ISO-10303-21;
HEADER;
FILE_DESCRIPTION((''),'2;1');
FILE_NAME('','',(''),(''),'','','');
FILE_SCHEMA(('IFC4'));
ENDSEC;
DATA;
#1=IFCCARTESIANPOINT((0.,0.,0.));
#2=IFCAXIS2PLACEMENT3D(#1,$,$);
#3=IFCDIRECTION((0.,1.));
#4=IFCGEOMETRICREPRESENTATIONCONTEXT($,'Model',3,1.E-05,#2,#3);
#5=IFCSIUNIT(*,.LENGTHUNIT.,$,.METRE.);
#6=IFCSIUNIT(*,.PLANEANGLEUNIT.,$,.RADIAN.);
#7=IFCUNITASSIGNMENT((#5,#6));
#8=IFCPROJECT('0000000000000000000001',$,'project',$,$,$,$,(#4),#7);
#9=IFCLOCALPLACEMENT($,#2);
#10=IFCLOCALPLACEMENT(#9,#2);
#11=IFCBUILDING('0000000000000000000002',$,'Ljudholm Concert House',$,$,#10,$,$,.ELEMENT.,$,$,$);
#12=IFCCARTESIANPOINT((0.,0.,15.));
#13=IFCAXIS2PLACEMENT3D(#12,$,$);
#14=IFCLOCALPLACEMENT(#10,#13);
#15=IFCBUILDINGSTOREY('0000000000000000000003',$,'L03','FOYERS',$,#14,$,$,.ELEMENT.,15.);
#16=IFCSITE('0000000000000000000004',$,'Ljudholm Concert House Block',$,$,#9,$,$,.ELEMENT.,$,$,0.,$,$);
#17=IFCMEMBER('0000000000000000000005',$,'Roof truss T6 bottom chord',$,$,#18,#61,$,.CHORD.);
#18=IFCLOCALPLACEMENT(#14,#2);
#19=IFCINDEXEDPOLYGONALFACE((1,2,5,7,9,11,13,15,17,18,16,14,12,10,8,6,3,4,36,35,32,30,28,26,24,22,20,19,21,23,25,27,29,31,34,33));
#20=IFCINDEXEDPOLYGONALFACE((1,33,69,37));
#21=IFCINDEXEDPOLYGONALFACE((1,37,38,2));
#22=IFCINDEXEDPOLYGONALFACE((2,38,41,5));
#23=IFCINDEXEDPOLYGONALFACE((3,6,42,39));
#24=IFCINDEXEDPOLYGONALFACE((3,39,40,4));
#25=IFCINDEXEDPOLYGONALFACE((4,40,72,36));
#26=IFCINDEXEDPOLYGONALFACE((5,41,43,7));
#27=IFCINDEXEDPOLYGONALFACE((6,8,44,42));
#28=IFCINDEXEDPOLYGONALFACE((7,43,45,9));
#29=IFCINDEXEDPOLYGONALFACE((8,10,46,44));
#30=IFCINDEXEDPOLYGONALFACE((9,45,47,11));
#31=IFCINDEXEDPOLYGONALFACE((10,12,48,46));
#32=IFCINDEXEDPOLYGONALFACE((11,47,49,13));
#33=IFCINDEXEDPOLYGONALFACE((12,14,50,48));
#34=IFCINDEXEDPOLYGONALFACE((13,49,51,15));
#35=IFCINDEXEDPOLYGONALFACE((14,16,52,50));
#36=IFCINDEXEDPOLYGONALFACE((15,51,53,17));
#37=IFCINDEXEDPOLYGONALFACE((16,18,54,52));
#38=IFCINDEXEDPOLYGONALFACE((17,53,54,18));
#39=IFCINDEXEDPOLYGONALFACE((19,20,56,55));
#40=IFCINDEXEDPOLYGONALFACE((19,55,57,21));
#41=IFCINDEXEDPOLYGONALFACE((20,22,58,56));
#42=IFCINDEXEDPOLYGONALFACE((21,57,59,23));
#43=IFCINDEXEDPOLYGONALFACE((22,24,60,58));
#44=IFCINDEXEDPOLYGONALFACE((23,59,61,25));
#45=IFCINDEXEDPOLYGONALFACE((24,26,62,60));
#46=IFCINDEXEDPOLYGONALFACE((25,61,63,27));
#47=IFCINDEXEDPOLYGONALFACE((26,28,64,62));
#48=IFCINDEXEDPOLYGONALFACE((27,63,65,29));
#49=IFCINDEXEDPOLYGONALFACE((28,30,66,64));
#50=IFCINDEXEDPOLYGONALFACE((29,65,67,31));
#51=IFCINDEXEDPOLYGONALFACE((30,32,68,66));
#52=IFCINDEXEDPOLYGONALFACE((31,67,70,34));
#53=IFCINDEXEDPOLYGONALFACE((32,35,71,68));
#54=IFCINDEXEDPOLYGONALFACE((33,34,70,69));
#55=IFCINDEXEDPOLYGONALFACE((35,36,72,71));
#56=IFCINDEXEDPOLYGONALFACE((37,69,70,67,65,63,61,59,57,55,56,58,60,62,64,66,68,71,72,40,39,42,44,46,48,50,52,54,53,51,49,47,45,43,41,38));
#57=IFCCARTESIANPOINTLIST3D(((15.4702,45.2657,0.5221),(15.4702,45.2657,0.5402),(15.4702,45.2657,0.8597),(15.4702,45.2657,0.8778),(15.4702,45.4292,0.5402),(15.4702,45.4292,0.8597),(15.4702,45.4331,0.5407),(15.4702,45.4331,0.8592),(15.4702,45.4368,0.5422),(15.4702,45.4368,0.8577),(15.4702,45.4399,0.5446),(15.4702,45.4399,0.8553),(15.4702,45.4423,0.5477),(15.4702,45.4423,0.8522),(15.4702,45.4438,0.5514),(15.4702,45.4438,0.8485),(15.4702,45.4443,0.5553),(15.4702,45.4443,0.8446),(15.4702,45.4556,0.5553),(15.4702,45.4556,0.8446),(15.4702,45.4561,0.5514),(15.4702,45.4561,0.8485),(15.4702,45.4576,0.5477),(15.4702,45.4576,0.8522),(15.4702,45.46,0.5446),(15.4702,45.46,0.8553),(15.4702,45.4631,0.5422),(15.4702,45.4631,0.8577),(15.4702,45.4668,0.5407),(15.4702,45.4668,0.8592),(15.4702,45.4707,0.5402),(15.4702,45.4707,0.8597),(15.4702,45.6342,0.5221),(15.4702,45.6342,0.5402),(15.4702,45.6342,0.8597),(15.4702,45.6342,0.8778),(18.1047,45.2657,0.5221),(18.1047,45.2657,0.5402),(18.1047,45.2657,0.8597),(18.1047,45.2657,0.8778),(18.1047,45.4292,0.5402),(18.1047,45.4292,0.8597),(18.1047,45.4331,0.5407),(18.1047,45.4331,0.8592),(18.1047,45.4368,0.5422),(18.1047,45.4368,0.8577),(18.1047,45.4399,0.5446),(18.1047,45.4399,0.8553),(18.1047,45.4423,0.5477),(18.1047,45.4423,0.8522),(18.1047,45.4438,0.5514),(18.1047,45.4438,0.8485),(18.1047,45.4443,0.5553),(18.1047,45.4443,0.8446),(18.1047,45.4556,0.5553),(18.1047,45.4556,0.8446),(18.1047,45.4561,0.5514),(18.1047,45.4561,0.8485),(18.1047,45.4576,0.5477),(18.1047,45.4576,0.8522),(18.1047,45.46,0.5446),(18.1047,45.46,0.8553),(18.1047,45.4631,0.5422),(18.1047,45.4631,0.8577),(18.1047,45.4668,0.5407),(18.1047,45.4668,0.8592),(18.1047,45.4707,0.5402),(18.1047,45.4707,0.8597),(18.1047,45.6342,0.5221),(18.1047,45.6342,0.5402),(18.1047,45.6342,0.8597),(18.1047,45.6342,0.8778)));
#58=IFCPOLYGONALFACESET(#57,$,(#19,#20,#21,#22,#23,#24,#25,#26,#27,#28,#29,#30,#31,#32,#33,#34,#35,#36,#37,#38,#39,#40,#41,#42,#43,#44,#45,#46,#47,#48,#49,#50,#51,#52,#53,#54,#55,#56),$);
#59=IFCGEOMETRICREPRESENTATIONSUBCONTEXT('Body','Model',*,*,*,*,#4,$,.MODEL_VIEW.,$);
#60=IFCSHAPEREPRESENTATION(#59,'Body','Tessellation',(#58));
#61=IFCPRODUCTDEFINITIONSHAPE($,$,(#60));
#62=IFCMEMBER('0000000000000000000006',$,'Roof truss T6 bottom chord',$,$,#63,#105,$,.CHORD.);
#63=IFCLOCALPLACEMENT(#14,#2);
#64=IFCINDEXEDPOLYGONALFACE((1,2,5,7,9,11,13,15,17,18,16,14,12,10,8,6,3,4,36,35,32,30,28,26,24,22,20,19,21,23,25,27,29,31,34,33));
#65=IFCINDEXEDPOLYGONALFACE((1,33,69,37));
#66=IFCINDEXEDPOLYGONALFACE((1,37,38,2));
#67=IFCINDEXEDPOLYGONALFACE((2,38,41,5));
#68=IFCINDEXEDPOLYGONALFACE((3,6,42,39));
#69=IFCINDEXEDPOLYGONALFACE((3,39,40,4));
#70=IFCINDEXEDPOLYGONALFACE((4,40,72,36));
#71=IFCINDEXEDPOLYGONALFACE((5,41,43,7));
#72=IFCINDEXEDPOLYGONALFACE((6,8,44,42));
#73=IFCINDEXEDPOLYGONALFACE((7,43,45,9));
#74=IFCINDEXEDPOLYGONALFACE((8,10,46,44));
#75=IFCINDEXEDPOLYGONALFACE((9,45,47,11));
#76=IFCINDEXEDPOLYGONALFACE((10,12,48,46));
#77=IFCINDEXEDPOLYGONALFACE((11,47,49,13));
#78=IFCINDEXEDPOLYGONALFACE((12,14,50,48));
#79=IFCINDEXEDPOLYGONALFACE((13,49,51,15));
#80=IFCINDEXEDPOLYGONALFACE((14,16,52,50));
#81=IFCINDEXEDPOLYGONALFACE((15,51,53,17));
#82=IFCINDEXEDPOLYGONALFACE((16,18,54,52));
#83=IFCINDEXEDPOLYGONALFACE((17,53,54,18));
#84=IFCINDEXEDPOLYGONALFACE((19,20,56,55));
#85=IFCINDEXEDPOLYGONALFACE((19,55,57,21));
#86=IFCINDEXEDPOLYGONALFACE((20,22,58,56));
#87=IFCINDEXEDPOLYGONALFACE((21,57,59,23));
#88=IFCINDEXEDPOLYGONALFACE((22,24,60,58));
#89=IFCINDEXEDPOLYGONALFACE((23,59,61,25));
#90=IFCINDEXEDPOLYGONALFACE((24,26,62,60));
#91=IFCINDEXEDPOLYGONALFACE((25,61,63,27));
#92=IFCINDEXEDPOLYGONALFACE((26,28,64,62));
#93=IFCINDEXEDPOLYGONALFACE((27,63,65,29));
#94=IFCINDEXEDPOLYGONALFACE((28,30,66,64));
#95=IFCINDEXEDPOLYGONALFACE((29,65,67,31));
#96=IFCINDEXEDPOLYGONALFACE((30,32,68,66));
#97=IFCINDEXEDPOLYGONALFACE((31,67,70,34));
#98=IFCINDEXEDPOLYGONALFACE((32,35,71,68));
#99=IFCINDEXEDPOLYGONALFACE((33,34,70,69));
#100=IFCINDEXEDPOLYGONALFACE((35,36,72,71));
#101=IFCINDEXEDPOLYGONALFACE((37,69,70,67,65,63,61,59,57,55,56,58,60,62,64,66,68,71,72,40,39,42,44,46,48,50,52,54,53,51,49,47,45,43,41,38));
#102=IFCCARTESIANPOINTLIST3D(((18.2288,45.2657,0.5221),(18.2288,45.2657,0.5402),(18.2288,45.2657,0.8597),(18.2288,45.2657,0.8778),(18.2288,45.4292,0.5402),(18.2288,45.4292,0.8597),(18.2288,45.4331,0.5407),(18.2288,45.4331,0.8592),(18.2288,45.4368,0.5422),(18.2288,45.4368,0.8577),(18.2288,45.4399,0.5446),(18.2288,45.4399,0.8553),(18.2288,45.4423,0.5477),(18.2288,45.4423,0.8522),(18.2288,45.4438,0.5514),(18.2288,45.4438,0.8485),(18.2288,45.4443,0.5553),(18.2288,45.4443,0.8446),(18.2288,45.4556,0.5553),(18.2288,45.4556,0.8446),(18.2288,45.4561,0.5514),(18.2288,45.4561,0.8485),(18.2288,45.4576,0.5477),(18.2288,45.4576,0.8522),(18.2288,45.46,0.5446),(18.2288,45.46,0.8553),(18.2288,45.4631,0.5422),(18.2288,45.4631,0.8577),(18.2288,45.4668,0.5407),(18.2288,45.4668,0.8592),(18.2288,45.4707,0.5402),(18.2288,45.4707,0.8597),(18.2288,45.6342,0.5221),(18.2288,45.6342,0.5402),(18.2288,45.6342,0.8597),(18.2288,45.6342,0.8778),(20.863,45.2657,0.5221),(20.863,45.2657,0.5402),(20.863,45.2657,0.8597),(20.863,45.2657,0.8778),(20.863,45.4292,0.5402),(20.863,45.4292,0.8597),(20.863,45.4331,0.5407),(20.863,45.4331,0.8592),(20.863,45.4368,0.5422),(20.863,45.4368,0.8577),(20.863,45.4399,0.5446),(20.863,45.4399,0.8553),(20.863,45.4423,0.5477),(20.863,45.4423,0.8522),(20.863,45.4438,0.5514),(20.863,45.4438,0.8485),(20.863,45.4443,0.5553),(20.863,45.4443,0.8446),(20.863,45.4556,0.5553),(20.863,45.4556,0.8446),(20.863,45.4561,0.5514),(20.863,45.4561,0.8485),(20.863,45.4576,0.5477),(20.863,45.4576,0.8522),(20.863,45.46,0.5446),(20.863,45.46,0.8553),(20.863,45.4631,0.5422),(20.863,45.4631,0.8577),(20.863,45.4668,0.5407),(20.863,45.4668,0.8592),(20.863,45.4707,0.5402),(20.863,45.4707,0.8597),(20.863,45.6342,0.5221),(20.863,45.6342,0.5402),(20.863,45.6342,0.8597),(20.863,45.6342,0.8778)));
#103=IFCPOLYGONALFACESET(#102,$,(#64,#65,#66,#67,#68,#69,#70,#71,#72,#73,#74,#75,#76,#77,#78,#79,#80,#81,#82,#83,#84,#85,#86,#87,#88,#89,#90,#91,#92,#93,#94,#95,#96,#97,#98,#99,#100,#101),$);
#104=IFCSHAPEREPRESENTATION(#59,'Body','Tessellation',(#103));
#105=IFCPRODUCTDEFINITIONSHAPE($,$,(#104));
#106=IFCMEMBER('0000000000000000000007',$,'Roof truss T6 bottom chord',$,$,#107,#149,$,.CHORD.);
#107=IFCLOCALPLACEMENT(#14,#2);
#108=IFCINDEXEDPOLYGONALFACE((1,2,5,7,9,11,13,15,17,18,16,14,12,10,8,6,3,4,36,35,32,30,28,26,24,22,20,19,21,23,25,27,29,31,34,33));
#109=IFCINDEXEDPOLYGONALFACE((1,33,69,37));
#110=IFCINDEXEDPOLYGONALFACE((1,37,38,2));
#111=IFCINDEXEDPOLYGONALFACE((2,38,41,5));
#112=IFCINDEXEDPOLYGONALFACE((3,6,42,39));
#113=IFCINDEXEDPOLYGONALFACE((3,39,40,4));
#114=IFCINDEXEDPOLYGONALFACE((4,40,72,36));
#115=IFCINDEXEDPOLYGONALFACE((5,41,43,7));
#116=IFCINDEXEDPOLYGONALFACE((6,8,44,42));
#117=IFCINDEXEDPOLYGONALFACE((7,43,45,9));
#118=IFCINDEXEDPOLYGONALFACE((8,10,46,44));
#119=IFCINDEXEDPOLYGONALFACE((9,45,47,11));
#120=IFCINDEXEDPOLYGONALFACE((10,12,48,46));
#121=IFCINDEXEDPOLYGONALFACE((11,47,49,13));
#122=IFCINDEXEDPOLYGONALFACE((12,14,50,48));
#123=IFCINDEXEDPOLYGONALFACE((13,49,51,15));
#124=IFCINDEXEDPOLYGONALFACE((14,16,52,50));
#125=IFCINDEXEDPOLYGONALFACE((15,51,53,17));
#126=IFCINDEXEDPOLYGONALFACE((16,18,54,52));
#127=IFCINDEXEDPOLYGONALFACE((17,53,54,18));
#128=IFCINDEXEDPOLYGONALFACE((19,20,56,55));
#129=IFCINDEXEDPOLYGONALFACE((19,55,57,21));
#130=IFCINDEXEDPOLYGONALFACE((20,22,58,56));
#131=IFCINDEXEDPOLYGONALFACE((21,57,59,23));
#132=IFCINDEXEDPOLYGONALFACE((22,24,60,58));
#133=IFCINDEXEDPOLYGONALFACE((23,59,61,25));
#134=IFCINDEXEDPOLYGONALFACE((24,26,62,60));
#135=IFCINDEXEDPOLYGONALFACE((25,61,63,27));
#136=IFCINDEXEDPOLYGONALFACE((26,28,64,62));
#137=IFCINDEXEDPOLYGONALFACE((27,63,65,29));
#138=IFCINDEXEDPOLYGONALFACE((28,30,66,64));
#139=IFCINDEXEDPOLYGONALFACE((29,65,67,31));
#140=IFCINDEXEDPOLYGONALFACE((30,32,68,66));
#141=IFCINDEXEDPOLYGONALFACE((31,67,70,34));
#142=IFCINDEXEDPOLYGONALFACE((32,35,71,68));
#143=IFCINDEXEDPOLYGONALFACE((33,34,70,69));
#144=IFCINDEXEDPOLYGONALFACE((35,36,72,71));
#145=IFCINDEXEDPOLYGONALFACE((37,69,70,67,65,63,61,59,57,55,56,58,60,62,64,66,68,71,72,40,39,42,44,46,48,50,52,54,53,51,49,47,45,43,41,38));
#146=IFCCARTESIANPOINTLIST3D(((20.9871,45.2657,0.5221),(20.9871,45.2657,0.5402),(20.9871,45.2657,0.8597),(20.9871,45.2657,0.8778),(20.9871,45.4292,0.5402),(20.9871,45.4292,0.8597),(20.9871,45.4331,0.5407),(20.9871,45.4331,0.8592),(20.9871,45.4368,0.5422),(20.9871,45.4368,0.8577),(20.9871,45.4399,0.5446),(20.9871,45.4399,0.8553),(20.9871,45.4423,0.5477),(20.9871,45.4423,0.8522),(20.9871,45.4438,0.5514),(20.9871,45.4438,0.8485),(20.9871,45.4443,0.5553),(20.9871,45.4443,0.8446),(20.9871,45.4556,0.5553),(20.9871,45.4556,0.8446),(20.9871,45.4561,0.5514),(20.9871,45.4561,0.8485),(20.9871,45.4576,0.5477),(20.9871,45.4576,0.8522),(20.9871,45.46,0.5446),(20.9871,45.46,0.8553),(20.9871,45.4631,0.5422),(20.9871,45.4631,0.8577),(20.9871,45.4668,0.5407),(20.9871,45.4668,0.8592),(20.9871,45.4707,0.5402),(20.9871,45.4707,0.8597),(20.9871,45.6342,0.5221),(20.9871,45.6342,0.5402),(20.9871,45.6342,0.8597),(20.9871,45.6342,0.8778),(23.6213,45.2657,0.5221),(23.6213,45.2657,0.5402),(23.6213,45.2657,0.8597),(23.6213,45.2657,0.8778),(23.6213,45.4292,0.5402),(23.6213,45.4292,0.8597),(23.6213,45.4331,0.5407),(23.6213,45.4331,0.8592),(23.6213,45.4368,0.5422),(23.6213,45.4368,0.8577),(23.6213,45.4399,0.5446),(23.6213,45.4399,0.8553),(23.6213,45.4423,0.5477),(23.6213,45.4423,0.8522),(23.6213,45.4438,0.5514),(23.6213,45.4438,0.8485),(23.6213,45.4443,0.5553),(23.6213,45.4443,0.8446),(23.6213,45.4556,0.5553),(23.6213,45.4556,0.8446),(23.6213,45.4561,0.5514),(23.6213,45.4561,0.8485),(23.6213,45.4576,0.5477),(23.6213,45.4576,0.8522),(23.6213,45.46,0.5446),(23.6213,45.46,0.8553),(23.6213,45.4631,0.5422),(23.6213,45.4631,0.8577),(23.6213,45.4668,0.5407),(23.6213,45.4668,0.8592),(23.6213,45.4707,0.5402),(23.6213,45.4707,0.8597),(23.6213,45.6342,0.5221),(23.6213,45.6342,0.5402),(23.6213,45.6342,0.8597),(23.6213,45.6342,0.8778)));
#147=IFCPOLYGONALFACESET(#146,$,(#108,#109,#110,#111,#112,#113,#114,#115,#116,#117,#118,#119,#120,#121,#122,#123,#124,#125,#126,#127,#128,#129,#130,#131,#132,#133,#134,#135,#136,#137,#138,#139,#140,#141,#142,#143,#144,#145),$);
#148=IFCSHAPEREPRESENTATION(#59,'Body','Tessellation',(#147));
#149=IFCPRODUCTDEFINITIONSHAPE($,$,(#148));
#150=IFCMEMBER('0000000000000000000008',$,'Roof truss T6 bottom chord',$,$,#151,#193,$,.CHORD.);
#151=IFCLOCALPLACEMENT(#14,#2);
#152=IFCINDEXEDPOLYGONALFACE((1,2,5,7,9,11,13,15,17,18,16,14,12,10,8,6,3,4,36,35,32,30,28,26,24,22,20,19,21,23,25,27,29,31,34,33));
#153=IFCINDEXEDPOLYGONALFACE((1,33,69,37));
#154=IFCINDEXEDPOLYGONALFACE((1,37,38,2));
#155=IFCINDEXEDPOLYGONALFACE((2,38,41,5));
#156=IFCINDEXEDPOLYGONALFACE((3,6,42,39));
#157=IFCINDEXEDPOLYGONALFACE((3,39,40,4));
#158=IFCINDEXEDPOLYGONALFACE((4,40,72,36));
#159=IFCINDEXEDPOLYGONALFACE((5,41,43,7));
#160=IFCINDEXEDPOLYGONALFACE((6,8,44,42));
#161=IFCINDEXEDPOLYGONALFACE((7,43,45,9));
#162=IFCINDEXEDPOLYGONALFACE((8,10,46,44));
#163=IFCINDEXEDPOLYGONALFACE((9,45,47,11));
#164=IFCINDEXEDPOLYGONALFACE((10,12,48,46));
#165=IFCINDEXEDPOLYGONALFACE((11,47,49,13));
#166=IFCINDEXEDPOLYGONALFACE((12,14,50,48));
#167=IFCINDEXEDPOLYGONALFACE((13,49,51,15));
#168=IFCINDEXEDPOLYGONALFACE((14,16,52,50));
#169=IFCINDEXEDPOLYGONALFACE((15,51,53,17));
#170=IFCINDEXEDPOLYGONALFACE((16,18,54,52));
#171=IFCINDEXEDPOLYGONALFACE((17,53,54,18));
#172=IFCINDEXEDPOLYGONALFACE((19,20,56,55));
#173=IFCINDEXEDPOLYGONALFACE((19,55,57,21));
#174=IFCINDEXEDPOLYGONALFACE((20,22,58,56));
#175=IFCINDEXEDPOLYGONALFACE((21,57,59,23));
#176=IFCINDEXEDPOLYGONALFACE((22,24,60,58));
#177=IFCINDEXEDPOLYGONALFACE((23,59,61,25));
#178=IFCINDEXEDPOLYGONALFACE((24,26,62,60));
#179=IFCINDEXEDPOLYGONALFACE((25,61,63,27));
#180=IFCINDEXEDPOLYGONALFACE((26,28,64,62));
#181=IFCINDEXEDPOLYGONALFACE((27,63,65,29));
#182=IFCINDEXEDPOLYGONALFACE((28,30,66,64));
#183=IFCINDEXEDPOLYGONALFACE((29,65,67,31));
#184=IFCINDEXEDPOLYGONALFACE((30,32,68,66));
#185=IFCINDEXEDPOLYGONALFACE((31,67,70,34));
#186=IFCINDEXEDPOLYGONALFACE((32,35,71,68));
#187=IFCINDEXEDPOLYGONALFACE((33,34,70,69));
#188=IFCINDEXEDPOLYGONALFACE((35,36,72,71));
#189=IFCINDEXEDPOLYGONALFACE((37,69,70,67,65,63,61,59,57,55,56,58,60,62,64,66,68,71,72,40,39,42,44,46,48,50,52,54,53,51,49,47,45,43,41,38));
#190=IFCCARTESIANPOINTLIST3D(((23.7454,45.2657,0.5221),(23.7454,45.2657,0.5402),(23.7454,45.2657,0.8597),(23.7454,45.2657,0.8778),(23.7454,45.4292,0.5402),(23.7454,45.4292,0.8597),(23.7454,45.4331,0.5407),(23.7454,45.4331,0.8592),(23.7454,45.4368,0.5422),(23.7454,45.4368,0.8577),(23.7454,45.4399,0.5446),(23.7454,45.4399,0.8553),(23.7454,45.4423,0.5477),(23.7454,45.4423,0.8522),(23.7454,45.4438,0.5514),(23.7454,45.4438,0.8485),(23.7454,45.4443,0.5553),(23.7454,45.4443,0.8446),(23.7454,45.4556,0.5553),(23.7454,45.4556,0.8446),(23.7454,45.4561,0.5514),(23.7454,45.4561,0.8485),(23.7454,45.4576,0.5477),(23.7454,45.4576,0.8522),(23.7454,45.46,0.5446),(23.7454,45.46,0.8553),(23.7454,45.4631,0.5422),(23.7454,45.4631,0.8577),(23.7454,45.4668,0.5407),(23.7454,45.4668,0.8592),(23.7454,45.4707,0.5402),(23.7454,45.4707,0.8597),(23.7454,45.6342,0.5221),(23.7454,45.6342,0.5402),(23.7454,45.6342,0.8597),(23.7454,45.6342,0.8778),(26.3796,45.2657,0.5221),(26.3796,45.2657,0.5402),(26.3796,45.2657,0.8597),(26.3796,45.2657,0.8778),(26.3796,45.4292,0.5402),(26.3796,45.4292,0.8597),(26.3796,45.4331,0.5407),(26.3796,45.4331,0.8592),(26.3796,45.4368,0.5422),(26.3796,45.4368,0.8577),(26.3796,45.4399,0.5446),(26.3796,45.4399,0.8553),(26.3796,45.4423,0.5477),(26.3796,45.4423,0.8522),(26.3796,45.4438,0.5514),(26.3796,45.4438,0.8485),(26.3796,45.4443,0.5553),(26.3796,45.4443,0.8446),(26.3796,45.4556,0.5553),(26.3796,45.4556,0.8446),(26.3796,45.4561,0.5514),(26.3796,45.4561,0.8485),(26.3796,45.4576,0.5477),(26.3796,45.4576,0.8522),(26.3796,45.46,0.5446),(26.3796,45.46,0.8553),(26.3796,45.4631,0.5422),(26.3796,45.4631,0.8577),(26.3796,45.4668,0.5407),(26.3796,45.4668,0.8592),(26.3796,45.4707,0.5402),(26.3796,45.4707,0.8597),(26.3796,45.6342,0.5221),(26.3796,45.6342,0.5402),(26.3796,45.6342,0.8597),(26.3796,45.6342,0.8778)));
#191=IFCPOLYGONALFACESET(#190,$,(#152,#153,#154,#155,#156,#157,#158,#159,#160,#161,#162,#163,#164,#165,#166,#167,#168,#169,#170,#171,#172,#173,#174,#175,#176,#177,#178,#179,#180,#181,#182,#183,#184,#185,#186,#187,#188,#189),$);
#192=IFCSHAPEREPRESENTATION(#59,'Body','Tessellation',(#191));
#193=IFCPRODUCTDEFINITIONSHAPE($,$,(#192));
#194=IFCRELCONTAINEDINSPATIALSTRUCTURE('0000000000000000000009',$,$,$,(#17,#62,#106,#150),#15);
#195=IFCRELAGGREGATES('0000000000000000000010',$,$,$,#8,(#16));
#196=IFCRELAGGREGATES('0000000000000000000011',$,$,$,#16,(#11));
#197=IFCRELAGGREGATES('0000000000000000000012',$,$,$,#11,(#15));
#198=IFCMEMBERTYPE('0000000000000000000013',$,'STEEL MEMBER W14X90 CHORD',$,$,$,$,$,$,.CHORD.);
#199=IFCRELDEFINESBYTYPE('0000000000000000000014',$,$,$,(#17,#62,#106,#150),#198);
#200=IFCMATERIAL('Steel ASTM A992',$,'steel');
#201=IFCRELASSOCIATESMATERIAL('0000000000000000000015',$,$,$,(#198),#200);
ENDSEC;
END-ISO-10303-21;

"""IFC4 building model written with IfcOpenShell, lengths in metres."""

from ifc_helpers import new_model, si_unit, direction, frame, origin, origin_2d, place, context, subcontext, project, spatial, i_section, extrude, material, material_profile, profile_set, type_object, element, save


model = new_model("IFC4")

# Units and contexts
model_context = context("Model", 3, precision=1e-05, world=origin(), true_north=direction((0.0, 1.0)))
body_context = subcontext(model_context, "Body", "Model", "MODEL_VIEW")
ifc_project = project(units=[si_unit("LENGTHUNIT", "METRE"), si_unit("PLANEANGLEUNIT", "RADIAN")], contexts=[model_context])

# Site, building, storey
site_placement = place(None, origin())
site = spatial("IfcSite", under=ifc_project, at=site_placement, Name="Ljudholm Concert House Block", CompositionType="ELEMENT", RefElevation=0.0)
building_placement = place(site_placement, origin())
building = spatial("IfcBuilding", under=site, at=building_placement, Name="Ljudholm Concert House", CompositionType="ELEMENT")
storey_placement = place(building_placement, frame((0.0, 0.0, 15.0)))
storey = spatial("IfcBuildingStorey", under=building, at=storey_placement, Name="L03", Description="FOYERS", CompositionType="ELEMENT", Elevation=15.0)

# Members
ifc_material_1 = material(Name="Steel ASTM A992", Category="steel")
ifc_material_profile_1 = material_profile(ifc_material_1, i_section(OverallWidth=0.3684, OverallDepth=0.3557, WebThickness=0.0112, FlangeThickness=0.0181, FilletRadius=0.0151, at=origin_2d()), Name="W14X90")
ifc_profile_set_1 = profile_set([ifc_material_profile_1], Name="Steel ASTM A992")
member_type = type_object("IfcMemberType", Name="STEEL MEMBER W14X90 CHORD", PredefinedType="CHORD", material=ifc_profile_set_1)
member_1_placement = place(storey_placement, frame((15.4702, 45.45, 0.7), z_axis=(1.0, 0.0, 0.0), x_axis=(0.0, 1.0, 0.0)))
element("IfcMember", 1, at=member_1_placement, inside=storey, type_object=member_type, Name="Roof truss T6 bottom chord", PredefinedType="CHORD", context=body_context, shape_type="SweptSolid", body=[
    extrude(i_section(OverallWidth=0.3684, OverallDepth=0.3557, WebThickness=0.0112, FlangeThickness=0.0181, FilletRadius=0.0151, at=origin_2d()), origin(), (0.0, 0.0, 1.0), 2.6345),
])
for number, where, z_axis, x_axis, name in (
    (2, (18.2288, 45.45, 0.7), (1.0, 0.0, 0.0), (0.0, 1.0, 0.0), "Roof truss T6 bottom chord"),
    (3, (20.9871, 45.45, 0.7), (1.0, 0.0, 0.0), (0.0, 1.0, 0.0), "Roof truss T6 bottom chord"),
    (4, (23.7454, 45.45, 0.7), (1.0, 0.0, 0.0), (0.0, 1.0, 0.0), "Roof truss T6 bottom chord"),
):
    element("IfcMember", number, at=place(storey_placement, frame(where, z_axis=z_axis, x_axis=x_axis)), inside=storey, type_object=member_type, Name=name, PredefinedType="CHORD", context=body_context, shape_type="SweptSolid", body=[
        extrude(i_section(OverallWidth=0.3684, OverallDepth=0.3557, WebThickness=0.0112, FlangeThickness=0.0181, FilletRadius=0.0151, at=origin_2d()), origin(), (0.0, 0.0, 1.0), 2.6343),
    ])

save(model, "model.ifc")
